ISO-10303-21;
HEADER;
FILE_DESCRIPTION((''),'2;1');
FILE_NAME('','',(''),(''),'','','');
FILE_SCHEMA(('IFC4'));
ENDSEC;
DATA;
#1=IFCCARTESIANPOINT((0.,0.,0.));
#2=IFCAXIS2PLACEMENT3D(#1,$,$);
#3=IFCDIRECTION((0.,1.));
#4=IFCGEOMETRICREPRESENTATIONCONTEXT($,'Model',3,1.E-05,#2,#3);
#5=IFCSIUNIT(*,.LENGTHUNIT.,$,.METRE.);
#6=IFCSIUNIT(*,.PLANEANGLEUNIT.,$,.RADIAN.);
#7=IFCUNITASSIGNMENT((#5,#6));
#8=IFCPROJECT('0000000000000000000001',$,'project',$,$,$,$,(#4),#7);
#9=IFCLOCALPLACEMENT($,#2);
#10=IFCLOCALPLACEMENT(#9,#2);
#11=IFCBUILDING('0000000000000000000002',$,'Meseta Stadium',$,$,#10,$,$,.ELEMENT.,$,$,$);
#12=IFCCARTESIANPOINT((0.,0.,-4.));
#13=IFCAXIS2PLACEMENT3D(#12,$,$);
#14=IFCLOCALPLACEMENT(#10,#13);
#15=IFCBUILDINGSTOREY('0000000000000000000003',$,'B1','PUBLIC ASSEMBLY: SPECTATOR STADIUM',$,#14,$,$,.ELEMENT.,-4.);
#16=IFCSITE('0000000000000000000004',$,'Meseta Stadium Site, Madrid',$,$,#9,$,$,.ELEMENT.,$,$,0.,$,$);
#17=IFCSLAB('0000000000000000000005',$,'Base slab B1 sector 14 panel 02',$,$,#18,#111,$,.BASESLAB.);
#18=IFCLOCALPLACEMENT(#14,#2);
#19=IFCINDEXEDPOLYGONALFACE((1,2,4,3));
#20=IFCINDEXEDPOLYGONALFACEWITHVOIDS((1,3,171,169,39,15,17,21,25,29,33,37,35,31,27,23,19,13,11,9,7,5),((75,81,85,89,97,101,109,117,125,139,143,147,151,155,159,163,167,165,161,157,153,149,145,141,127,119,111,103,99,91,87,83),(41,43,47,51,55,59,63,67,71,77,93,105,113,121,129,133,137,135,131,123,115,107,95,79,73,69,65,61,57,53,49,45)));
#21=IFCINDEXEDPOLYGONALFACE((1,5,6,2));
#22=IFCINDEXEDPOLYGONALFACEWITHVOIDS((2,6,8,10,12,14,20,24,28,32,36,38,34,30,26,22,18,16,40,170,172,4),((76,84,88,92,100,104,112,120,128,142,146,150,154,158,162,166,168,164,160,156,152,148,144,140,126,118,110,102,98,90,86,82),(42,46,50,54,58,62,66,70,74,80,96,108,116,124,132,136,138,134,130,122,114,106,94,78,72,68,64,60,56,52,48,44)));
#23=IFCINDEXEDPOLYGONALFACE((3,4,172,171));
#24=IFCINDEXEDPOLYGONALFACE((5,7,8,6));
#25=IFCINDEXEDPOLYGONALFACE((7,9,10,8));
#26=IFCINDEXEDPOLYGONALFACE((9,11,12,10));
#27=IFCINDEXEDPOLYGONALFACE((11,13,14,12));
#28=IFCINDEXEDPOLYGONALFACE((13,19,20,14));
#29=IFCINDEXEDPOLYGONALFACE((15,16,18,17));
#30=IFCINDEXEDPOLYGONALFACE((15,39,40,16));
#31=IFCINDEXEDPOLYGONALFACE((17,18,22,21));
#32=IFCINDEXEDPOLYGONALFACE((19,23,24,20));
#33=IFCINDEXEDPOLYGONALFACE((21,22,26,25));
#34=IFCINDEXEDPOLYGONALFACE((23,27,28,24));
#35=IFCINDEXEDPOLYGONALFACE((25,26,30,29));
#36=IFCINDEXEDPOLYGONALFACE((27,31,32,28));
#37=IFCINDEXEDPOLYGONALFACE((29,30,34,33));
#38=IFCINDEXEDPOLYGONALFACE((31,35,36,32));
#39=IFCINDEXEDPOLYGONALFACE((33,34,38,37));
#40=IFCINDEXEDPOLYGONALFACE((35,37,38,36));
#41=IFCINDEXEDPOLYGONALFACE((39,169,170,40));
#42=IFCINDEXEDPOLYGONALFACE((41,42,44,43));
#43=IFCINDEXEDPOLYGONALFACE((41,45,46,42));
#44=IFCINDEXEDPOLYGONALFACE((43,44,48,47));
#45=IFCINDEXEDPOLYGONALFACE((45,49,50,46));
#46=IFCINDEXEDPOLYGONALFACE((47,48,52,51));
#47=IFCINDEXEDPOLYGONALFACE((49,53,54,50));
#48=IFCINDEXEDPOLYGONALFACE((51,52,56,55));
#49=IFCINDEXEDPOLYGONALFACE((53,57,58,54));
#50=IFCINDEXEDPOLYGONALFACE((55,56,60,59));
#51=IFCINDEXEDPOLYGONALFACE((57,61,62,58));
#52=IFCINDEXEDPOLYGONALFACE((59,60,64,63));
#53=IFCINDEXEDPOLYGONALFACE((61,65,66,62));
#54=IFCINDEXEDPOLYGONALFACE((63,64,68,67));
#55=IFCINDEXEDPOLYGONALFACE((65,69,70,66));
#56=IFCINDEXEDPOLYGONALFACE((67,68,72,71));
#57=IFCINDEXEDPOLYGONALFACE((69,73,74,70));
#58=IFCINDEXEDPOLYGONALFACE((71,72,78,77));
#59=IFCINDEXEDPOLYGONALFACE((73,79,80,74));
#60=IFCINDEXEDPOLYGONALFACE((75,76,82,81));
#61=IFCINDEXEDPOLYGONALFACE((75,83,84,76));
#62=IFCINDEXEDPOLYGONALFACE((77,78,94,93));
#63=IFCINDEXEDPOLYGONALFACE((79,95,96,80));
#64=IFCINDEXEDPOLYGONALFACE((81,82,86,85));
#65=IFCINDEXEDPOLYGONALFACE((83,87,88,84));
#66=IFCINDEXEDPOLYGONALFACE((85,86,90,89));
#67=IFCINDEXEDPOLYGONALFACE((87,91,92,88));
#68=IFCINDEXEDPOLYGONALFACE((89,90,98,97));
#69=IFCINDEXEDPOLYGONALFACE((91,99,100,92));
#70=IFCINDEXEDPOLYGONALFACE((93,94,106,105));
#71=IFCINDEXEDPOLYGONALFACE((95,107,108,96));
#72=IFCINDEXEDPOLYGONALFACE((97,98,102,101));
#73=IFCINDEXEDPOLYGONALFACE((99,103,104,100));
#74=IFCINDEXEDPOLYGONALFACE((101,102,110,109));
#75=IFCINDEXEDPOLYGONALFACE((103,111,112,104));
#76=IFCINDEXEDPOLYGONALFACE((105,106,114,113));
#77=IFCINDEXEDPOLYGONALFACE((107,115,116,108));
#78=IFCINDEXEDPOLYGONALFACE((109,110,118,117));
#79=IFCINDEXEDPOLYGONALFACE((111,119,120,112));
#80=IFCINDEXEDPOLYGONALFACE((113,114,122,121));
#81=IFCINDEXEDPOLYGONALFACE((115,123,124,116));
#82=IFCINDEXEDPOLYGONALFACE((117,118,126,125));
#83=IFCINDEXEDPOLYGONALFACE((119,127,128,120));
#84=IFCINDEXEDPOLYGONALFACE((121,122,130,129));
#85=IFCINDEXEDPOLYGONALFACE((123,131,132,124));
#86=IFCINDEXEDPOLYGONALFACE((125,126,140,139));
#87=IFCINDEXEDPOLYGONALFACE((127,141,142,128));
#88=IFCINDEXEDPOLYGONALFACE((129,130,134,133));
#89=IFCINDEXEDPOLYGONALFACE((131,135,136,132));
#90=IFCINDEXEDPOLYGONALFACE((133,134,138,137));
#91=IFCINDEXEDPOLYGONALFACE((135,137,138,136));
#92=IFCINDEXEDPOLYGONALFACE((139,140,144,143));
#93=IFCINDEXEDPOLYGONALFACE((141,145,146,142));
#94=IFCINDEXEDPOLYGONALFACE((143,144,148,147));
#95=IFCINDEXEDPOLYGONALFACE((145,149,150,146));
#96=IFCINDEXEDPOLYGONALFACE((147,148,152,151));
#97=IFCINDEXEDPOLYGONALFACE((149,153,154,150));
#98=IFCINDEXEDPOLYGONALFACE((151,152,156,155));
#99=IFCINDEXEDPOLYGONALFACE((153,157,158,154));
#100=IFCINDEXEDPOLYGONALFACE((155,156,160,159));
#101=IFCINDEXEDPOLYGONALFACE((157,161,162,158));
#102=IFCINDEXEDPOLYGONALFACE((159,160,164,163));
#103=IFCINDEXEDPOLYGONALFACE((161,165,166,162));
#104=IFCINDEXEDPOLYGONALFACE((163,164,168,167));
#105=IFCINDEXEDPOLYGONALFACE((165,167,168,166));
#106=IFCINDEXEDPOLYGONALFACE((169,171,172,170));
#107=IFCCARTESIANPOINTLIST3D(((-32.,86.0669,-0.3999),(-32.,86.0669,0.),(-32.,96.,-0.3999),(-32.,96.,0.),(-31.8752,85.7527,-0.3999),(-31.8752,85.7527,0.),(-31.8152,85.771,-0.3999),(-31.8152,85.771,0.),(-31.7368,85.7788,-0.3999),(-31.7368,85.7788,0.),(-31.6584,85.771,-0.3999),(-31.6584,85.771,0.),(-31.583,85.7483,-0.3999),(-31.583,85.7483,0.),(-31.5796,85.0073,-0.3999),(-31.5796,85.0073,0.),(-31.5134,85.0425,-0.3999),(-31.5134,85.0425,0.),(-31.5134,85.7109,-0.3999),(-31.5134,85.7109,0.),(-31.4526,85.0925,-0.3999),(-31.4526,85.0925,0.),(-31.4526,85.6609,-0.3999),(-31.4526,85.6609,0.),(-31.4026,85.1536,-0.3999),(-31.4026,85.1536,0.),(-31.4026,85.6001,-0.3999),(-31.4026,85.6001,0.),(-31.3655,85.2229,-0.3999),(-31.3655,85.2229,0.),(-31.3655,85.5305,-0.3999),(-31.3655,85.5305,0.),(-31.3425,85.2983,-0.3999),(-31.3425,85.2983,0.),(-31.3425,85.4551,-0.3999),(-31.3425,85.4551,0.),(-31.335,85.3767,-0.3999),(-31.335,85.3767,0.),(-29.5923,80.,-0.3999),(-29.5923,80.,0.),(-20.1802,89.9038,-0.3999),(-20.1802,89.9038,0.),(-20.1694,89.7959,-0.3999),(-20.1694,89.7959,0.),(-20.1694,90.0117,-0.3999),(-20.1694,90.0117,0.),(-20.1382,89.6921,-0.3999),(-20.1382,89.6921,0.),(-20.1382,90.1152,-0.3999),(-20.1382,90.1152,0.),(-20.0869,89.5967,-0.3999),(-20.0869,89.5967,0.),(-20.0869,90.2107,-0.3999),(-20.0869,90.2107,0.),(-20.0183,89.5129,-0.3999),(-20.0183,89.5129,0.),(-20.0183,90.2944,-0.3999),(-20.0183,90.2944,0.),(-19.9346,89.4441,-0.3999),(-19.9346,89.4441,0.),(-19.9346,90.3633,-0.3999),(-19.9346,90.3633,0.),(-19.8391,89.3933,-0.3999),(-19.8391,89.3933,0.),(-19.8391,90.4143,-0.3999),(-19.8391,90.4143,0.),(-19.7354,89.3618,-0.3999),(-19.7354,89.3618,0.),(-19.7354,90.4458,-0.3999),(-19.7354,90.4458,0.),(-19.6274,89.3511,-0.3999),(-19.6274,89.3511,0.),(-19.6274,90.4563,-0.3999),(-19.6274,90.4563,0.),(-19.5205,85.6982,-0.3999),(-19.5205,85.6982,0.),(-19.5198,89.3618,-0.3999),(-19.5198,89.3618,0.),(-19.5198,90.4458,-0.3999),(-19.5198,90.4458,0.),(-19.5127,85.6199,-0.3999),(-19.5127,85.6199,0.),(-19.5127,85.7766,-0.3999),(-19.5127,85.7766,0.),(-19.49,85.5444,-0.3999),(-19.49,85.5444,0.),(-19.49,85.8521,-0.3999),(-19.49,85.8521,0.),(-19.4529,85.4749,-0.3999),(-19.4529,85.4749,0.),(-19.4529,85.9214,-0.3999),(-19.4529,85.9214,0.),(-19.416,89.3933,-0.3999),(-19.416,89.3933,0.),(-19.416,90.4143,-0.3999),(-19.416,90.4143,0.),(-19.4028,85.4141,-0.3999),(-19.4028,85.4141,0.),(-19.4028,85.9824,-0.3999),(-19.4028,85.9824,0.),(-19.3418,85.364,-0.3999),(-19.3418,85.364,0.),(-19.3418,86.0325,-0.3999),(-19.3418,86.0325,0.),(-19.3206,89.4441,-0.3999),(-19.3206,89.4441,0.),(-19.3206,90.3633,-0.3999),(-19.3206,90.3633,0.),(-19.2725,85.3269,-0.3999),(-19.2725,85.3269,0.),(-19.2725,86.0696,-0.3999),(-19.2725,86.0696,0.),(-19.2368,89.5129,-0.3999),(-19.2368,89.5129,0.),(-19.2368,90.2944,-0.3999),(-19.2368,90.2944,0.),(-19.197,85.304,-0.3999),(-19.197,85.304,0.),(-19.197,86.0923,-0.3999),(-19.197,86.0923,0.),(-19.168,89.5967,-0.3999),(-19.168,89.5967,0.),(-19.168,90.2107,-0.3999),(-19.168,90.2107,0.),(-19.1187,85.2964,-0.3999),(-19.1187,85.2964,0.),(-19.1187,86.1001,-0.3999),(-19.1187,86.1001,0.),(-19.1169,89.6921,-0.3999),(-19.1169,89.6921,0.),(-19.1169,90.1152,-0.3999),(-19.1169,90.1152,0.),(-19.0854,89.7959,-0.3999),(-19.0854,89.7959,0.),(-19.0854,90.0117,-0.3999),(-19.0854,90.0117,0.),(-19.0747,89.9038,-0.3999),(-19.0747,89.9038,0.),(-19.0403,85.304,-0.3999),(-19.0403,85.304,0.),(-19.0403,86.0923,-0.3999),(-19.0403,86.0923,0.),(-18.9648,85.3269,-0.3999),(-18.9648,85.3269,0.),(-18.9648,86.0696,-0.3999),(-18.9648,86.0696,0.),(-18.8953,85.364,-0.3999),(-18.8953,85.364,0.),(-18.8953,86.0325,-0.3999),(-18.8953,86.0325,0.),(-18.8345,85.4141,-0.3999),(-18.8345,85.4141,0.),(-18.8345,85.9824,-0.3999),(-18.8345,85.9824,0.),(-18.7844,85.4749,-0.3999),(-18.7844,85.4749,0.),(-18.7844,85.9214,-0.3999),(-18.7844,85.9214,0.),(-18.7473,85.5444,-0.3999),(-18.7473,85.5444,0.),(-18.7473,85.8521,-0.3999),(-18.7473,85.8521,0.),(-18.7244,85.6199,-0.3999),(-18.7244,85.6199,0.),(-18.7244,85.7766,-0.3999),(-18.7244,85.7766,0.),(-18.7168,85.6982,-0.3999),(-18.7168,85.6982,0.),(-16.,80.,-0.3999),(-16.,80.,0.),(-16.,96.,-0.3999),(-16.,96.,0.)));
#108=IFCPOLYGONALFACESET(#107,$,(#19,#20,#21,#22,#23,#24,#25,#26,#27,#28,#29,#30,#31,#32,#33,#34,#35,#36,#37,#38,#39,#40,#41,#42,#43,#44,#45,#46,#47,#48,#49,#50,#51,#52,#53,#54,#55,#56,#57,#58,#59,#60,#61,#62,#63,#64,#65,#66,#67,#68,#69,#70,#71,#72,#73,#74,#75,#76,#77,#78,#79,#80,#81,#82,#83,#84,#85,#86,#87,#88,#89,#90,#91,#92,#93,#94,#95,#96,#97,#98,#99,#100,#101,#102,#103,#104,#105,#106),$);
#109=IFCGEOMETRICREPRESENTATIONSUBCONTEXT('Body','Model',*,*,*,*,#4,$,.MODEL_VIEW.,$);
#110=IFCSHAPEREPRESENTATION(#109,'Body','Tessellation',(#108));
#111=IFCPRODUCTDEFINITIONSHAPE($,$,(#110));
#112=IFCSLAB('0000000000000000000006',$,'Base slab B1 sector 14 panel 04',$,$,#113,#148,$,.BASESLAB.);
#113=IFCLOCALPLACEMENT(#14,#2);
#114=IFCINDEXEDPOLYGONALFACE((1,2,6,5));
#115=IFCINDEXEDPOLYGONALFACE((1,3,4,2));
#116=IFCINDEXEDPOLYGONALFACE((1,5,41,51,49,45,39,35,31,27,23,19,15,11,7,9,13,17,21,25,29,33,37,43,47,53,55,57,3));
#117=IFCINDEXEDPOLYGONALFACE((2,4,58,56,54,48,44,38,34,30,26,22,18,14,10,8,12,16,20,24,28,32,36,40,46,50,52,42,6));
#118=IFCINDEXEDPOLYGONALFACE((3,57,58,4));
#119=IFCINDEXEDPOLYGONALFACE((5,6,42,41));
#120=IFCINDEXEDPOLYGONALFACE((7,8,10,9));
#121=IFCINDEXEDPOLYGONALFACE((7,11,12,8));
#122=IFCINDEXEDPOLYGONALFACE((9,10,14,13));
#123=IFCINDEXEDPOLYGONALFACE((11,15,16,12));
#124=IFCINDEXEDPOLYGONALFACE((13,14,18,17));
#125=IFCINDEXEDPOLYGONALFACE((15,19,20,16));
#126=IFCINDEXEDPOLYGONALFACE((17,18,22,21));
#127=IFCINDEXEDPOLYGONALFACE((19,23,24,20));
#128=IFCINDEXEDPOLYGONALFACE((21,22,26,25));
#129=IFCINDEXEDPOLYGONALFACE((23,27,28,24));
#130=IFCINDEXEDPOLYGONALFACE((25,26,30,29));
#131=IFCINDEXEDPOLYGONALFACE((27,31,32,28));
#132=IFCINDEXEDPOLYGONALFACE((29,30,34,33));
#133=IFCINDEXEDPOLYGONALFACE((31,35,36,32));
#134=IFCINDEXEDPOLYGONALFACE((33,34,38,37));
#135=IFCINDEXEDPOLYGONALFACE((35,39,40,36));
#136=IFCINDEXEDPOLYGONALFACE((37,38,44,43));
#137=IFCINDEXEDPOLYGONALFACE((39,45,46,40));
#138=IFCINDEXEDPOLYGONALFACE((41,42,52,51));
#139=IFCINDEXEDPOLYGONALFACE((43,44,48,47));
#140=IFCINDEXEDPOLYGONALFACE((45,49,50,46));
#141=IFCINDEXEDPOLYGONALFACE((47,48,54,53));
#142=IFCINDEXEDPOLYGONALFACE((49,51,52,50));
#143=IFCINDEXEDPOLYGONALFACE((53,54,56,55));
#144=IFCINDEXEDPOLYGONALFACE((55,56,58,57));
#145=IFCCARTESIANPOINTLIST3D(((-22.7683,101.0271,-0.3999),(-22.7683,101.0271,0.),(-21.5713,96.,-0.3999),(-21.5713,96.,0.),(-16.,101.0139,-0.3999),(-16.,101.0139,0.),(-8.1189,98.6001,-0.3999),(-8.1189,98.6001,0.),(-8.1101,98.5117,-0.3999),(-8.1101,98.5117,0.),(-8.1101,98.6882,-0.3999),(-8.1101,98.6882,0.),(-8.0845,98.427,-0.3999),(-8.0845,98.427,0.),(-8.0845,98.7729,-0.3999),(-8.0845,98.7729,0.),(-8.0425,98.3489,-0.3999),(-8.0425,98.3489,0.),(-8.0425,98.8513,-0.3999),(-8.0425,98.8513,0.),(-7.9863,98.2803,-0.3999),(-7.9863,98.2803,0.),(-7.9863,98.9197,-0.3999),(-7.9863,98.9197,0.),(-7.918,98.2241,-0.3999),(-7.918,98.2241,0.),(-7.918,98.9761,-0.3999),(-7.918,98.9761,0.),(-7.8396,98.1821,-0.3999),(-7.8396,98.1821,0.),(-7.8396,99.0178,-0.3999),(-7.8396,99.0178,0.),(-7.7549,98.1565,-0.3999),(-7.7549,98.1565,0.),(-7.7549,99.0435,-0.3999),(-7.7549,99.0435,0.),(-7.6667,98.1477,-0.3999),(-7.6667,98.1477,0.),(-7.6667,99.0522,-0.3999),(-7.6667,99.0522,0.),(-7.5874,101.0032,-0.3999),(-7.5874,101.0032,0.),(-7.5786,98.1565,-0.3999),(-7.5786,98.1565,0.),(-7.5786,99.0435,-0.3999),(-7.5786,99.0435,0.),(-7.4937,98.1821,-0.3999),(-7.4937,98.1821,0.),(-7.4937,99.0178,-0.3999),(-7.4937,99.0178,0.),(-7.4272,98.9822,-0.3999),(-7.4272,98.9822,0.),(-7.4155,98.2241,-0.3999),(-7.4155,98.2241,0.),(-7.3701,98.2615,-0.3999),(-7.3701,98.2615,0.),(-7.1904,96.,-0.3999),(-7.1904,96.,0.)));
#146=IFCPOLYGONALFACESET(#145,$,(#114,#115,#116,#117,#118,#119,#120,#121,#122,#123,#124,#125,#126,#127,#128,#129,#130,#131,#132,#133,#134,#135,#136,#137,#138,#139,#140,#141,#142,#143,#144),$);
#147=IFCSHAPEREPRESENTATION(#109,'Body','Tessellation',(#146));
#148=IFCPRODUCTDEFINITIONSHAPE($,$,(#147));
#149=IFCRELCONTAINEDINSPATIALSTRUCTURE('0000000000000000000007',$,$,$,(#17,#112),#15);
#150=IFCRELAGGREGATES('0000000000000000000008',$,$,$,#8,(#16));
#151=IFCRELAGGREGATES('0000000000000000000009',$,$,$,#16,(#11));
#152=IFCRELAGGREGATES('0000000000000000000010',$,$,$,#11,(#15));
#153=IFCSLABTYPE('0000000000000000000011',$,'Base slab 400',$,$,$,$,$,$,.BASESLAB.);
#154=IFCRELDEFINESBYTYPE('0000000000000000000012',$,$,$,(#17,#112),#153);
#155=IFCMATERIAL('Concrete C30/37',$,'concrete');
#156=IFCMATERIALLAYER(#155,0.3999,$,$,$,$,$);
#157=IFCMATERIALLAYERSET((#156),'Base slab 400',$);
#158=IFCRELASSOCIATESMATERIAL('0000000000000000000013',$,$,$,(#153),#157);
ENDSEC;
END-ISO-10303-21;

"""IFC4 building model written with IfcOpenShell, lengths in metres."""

from ifc_helpers import new_model, si_unit, direction, frame, origin, place, context, subcontext, project, spatial, polyline, outline, extrude, material, layer, layer_set, type_object, element, save


model = new_model("IFC4")

# Units and contexts
model_context = context("Model", 3, precision=1e-05, world=origin(), true_north=direction((0.0, 1.0)))
body_context = subcontext(model_context, "Body", "Model", "MODEL_VIEW")
ifc_project = project(units=[si_unit("LENGTHUNIT", "METRE"), si_unit("PLANEANGLEUNIT", "RADIAN")], contexts=[model_context])

# Site, building, storey
site_placement = place(None, origin())
site = spatial("IfcSite", under=ifc_project, at=site_placement, Name="Meseta Stadium Site, Madrid", CompositionType="ELEMENT", RefElevation=0.0)
building_placement = place(site_placement, origin())
building = spatial("IfcBuilding", under=site, at=building_placement, Name="Meseta Stadium", CompositionType="ELEMENT")
storey_placement = place(building_placement, frame((0.0, 0.0, -4.0)))
storey = spatial("IfcBuildingStorey", under=building, at=storey_placement, Name="B1", Description="PUBLIC ASSEMBLY: SPECTATOR STADIUM", CompositionType="ELEMENT", Elevation=-4.0)

# Slabs
ifc_material_1 = material(Name="Concrete C30/37", Category="concrete")
ifc_layer = layer(ifc_material_1, 0.3999)
ifc_layer_set = layer_set([ifc_layer], Name="Base slab 400")
slab_type = type_object("IfcSlabType", Name="Base slab 400", PredefinedType="BASESLAB", material=ifc_layer_set)
slab_1_placement = place(storey_placement, frame((0.0, 0.0, -0.3999)))
element("IfcSlab", 1, at=slab_1_placement, inside=storey, type_object=slab_type, Name="Base slab B1 sector 14 panel 02", PredefinedType="BASESLAB", context=body_context, shape_type="SweptSolid", body=[
    extrude(outline(polyline([(-31.4026, 85.1536), (-31.4526, 85.0925), (-31.5134, 85.0425), (-31.5796, 85.0073), (-29.5923, 80.0), (-16.0, 80.0), (-16.0, 96.0), (-32.0, 96.0), (-32.0, 86.0669), (-31.8752, 85.7527), (-31.8152, 85.771), (-31.7368, 85.7788), (-31.6584, 85.771), (-31.583, 85.7483), (-31.5134, 85.7109), (-31.4526, 85.6609), (-31.4026, 85.6001), (-31.3655, 85.5305), (-31.3425, 85.4551), (-31.335, 85.3767), (-31.3425, 85.2983), (-31.3655, 85.2229), (-31.4026, 85.1536)]), holes=[polyline([(-20.1802, 89.9038), (-20.1694, 90.0117), (-20.1382, 90.1152), (-20.0869, 90.2107), (-20.0183, 90.2944), (-19.9346, 90.3633), (-19.8391, 90.4143), (-19.7354, 90.4458), (-19.6274, 90.4563), (-19.5198, 90.4458), (-19.416, 90.4143), (-19.3206, 90.3633), (-19.2368, 90.2944), (-19.168, 90.2107), (-19.1169, 90.1152), (-19.0854, 90.0117), (-19.0747, 89.9038), (-19.0854, 89.7959), (-19.1169, 89.6921), (-19.168, 89.5967), (-19.2368, 89.5129), (-19.3206, 89.4441), (-19.416, 89.3933), (-19.5198, 89.3618), (-19.6274, 89.3511), (-19.7354, 89.3618), (-19.8391, 89.3933), (-19.9346, 89.4441), (-20.0183, 89.5129), (-20.0869, 89.5967), (-20.1382, 89.6921), (-20.1694, 89.7959), (-20.1802, 89.9038)]), polyline([(-19.3418, 86.0325), (-19.2725, 86.0696), (-19.197, 86.0923), (-19.1187, 86.1001), (-19.0403, 86.0923), (-18.9648, 86.0696), (-18.8953, 86.0325), (-18.8345, 85.9824), (-18.7844, 85.9214), (-18.7473, 85.8521), (-18.7244, 85.7766), (-18.7168, 85.6982), (-18.7244, 85.6199), (-18.7473, 85.5444), (-18.7844, 85.4749), (-18.8345, 85.4141), (-18.8953, 85.364), (-18.9648, 85.3269), (-19.0403, 85.304), (-19.1187, 85.2964), (-19.197, 85.304), (-19.2725, 85.3269), (-19.3418, 85.364), (-19.4028, 85.4141), (-19.4529, 85.4749), (-19.49, 85.5444), (-19.5127, 85.6199), (-19.5205, 85.6982), (-19.5127, 85.7766), (-19.49, 85.8521), (-19.4529, 85.9214), (-19.4028, 85.9824), (-19.3418, 86.0325)])]), origin(), (0.0, 0.0, 1.0), 0.3999),
])
slab_2_placement = place(storey_placement, frame((0.0, 0.0, -0.3999)))
element("IfcSlab", 2, at=slab_2_placement, inside=storey, type_object=slab_type, Name="Base slab B1 sector 14 panel 04", PredefinedType="BASESLAB", context=body_context, shape_type="SweptSolid", body=[
    extrude(outline(polyline([(-22.7683, 101.0271), (-21.5713, 96.0), (-7.1904, 96.0), (-7.3701, 98.2615), (-7.4155, 98.2241), (-7.4937, 98.1821), (-7.5786, 98.1565), (-7.6667, 98.1477), (-7.7549, 98.1565), (-7.8396, 98.1821), (-7.918, 98.2241), (-7.9863, 98.2803), (-8.0425, 98.3489), (-8.0845, 98.427), (-8.1101, 98.5117), (-8.1189, 98.6001), (-8.1101, 98.6882), (-8.0845, 98.7729), (-8.0425, 98.8513), (-7.9863, 98.9197), (-7.918, 98.9761), (-7.8396, 99.0178), (-7.7549, 99.0435), (-7.6667, 99.0522), (-7.5786, 99.0435), (-7.4937, 99.0178), (-7.4272, 98.9822), (-7.5874, 101.0032), (-16.0, 101.0139), (-22.7683, 101.0271)])), origin(), (0.0, 0.0, 1.0), 0.3999),
])

save(model, "model.ifc")
